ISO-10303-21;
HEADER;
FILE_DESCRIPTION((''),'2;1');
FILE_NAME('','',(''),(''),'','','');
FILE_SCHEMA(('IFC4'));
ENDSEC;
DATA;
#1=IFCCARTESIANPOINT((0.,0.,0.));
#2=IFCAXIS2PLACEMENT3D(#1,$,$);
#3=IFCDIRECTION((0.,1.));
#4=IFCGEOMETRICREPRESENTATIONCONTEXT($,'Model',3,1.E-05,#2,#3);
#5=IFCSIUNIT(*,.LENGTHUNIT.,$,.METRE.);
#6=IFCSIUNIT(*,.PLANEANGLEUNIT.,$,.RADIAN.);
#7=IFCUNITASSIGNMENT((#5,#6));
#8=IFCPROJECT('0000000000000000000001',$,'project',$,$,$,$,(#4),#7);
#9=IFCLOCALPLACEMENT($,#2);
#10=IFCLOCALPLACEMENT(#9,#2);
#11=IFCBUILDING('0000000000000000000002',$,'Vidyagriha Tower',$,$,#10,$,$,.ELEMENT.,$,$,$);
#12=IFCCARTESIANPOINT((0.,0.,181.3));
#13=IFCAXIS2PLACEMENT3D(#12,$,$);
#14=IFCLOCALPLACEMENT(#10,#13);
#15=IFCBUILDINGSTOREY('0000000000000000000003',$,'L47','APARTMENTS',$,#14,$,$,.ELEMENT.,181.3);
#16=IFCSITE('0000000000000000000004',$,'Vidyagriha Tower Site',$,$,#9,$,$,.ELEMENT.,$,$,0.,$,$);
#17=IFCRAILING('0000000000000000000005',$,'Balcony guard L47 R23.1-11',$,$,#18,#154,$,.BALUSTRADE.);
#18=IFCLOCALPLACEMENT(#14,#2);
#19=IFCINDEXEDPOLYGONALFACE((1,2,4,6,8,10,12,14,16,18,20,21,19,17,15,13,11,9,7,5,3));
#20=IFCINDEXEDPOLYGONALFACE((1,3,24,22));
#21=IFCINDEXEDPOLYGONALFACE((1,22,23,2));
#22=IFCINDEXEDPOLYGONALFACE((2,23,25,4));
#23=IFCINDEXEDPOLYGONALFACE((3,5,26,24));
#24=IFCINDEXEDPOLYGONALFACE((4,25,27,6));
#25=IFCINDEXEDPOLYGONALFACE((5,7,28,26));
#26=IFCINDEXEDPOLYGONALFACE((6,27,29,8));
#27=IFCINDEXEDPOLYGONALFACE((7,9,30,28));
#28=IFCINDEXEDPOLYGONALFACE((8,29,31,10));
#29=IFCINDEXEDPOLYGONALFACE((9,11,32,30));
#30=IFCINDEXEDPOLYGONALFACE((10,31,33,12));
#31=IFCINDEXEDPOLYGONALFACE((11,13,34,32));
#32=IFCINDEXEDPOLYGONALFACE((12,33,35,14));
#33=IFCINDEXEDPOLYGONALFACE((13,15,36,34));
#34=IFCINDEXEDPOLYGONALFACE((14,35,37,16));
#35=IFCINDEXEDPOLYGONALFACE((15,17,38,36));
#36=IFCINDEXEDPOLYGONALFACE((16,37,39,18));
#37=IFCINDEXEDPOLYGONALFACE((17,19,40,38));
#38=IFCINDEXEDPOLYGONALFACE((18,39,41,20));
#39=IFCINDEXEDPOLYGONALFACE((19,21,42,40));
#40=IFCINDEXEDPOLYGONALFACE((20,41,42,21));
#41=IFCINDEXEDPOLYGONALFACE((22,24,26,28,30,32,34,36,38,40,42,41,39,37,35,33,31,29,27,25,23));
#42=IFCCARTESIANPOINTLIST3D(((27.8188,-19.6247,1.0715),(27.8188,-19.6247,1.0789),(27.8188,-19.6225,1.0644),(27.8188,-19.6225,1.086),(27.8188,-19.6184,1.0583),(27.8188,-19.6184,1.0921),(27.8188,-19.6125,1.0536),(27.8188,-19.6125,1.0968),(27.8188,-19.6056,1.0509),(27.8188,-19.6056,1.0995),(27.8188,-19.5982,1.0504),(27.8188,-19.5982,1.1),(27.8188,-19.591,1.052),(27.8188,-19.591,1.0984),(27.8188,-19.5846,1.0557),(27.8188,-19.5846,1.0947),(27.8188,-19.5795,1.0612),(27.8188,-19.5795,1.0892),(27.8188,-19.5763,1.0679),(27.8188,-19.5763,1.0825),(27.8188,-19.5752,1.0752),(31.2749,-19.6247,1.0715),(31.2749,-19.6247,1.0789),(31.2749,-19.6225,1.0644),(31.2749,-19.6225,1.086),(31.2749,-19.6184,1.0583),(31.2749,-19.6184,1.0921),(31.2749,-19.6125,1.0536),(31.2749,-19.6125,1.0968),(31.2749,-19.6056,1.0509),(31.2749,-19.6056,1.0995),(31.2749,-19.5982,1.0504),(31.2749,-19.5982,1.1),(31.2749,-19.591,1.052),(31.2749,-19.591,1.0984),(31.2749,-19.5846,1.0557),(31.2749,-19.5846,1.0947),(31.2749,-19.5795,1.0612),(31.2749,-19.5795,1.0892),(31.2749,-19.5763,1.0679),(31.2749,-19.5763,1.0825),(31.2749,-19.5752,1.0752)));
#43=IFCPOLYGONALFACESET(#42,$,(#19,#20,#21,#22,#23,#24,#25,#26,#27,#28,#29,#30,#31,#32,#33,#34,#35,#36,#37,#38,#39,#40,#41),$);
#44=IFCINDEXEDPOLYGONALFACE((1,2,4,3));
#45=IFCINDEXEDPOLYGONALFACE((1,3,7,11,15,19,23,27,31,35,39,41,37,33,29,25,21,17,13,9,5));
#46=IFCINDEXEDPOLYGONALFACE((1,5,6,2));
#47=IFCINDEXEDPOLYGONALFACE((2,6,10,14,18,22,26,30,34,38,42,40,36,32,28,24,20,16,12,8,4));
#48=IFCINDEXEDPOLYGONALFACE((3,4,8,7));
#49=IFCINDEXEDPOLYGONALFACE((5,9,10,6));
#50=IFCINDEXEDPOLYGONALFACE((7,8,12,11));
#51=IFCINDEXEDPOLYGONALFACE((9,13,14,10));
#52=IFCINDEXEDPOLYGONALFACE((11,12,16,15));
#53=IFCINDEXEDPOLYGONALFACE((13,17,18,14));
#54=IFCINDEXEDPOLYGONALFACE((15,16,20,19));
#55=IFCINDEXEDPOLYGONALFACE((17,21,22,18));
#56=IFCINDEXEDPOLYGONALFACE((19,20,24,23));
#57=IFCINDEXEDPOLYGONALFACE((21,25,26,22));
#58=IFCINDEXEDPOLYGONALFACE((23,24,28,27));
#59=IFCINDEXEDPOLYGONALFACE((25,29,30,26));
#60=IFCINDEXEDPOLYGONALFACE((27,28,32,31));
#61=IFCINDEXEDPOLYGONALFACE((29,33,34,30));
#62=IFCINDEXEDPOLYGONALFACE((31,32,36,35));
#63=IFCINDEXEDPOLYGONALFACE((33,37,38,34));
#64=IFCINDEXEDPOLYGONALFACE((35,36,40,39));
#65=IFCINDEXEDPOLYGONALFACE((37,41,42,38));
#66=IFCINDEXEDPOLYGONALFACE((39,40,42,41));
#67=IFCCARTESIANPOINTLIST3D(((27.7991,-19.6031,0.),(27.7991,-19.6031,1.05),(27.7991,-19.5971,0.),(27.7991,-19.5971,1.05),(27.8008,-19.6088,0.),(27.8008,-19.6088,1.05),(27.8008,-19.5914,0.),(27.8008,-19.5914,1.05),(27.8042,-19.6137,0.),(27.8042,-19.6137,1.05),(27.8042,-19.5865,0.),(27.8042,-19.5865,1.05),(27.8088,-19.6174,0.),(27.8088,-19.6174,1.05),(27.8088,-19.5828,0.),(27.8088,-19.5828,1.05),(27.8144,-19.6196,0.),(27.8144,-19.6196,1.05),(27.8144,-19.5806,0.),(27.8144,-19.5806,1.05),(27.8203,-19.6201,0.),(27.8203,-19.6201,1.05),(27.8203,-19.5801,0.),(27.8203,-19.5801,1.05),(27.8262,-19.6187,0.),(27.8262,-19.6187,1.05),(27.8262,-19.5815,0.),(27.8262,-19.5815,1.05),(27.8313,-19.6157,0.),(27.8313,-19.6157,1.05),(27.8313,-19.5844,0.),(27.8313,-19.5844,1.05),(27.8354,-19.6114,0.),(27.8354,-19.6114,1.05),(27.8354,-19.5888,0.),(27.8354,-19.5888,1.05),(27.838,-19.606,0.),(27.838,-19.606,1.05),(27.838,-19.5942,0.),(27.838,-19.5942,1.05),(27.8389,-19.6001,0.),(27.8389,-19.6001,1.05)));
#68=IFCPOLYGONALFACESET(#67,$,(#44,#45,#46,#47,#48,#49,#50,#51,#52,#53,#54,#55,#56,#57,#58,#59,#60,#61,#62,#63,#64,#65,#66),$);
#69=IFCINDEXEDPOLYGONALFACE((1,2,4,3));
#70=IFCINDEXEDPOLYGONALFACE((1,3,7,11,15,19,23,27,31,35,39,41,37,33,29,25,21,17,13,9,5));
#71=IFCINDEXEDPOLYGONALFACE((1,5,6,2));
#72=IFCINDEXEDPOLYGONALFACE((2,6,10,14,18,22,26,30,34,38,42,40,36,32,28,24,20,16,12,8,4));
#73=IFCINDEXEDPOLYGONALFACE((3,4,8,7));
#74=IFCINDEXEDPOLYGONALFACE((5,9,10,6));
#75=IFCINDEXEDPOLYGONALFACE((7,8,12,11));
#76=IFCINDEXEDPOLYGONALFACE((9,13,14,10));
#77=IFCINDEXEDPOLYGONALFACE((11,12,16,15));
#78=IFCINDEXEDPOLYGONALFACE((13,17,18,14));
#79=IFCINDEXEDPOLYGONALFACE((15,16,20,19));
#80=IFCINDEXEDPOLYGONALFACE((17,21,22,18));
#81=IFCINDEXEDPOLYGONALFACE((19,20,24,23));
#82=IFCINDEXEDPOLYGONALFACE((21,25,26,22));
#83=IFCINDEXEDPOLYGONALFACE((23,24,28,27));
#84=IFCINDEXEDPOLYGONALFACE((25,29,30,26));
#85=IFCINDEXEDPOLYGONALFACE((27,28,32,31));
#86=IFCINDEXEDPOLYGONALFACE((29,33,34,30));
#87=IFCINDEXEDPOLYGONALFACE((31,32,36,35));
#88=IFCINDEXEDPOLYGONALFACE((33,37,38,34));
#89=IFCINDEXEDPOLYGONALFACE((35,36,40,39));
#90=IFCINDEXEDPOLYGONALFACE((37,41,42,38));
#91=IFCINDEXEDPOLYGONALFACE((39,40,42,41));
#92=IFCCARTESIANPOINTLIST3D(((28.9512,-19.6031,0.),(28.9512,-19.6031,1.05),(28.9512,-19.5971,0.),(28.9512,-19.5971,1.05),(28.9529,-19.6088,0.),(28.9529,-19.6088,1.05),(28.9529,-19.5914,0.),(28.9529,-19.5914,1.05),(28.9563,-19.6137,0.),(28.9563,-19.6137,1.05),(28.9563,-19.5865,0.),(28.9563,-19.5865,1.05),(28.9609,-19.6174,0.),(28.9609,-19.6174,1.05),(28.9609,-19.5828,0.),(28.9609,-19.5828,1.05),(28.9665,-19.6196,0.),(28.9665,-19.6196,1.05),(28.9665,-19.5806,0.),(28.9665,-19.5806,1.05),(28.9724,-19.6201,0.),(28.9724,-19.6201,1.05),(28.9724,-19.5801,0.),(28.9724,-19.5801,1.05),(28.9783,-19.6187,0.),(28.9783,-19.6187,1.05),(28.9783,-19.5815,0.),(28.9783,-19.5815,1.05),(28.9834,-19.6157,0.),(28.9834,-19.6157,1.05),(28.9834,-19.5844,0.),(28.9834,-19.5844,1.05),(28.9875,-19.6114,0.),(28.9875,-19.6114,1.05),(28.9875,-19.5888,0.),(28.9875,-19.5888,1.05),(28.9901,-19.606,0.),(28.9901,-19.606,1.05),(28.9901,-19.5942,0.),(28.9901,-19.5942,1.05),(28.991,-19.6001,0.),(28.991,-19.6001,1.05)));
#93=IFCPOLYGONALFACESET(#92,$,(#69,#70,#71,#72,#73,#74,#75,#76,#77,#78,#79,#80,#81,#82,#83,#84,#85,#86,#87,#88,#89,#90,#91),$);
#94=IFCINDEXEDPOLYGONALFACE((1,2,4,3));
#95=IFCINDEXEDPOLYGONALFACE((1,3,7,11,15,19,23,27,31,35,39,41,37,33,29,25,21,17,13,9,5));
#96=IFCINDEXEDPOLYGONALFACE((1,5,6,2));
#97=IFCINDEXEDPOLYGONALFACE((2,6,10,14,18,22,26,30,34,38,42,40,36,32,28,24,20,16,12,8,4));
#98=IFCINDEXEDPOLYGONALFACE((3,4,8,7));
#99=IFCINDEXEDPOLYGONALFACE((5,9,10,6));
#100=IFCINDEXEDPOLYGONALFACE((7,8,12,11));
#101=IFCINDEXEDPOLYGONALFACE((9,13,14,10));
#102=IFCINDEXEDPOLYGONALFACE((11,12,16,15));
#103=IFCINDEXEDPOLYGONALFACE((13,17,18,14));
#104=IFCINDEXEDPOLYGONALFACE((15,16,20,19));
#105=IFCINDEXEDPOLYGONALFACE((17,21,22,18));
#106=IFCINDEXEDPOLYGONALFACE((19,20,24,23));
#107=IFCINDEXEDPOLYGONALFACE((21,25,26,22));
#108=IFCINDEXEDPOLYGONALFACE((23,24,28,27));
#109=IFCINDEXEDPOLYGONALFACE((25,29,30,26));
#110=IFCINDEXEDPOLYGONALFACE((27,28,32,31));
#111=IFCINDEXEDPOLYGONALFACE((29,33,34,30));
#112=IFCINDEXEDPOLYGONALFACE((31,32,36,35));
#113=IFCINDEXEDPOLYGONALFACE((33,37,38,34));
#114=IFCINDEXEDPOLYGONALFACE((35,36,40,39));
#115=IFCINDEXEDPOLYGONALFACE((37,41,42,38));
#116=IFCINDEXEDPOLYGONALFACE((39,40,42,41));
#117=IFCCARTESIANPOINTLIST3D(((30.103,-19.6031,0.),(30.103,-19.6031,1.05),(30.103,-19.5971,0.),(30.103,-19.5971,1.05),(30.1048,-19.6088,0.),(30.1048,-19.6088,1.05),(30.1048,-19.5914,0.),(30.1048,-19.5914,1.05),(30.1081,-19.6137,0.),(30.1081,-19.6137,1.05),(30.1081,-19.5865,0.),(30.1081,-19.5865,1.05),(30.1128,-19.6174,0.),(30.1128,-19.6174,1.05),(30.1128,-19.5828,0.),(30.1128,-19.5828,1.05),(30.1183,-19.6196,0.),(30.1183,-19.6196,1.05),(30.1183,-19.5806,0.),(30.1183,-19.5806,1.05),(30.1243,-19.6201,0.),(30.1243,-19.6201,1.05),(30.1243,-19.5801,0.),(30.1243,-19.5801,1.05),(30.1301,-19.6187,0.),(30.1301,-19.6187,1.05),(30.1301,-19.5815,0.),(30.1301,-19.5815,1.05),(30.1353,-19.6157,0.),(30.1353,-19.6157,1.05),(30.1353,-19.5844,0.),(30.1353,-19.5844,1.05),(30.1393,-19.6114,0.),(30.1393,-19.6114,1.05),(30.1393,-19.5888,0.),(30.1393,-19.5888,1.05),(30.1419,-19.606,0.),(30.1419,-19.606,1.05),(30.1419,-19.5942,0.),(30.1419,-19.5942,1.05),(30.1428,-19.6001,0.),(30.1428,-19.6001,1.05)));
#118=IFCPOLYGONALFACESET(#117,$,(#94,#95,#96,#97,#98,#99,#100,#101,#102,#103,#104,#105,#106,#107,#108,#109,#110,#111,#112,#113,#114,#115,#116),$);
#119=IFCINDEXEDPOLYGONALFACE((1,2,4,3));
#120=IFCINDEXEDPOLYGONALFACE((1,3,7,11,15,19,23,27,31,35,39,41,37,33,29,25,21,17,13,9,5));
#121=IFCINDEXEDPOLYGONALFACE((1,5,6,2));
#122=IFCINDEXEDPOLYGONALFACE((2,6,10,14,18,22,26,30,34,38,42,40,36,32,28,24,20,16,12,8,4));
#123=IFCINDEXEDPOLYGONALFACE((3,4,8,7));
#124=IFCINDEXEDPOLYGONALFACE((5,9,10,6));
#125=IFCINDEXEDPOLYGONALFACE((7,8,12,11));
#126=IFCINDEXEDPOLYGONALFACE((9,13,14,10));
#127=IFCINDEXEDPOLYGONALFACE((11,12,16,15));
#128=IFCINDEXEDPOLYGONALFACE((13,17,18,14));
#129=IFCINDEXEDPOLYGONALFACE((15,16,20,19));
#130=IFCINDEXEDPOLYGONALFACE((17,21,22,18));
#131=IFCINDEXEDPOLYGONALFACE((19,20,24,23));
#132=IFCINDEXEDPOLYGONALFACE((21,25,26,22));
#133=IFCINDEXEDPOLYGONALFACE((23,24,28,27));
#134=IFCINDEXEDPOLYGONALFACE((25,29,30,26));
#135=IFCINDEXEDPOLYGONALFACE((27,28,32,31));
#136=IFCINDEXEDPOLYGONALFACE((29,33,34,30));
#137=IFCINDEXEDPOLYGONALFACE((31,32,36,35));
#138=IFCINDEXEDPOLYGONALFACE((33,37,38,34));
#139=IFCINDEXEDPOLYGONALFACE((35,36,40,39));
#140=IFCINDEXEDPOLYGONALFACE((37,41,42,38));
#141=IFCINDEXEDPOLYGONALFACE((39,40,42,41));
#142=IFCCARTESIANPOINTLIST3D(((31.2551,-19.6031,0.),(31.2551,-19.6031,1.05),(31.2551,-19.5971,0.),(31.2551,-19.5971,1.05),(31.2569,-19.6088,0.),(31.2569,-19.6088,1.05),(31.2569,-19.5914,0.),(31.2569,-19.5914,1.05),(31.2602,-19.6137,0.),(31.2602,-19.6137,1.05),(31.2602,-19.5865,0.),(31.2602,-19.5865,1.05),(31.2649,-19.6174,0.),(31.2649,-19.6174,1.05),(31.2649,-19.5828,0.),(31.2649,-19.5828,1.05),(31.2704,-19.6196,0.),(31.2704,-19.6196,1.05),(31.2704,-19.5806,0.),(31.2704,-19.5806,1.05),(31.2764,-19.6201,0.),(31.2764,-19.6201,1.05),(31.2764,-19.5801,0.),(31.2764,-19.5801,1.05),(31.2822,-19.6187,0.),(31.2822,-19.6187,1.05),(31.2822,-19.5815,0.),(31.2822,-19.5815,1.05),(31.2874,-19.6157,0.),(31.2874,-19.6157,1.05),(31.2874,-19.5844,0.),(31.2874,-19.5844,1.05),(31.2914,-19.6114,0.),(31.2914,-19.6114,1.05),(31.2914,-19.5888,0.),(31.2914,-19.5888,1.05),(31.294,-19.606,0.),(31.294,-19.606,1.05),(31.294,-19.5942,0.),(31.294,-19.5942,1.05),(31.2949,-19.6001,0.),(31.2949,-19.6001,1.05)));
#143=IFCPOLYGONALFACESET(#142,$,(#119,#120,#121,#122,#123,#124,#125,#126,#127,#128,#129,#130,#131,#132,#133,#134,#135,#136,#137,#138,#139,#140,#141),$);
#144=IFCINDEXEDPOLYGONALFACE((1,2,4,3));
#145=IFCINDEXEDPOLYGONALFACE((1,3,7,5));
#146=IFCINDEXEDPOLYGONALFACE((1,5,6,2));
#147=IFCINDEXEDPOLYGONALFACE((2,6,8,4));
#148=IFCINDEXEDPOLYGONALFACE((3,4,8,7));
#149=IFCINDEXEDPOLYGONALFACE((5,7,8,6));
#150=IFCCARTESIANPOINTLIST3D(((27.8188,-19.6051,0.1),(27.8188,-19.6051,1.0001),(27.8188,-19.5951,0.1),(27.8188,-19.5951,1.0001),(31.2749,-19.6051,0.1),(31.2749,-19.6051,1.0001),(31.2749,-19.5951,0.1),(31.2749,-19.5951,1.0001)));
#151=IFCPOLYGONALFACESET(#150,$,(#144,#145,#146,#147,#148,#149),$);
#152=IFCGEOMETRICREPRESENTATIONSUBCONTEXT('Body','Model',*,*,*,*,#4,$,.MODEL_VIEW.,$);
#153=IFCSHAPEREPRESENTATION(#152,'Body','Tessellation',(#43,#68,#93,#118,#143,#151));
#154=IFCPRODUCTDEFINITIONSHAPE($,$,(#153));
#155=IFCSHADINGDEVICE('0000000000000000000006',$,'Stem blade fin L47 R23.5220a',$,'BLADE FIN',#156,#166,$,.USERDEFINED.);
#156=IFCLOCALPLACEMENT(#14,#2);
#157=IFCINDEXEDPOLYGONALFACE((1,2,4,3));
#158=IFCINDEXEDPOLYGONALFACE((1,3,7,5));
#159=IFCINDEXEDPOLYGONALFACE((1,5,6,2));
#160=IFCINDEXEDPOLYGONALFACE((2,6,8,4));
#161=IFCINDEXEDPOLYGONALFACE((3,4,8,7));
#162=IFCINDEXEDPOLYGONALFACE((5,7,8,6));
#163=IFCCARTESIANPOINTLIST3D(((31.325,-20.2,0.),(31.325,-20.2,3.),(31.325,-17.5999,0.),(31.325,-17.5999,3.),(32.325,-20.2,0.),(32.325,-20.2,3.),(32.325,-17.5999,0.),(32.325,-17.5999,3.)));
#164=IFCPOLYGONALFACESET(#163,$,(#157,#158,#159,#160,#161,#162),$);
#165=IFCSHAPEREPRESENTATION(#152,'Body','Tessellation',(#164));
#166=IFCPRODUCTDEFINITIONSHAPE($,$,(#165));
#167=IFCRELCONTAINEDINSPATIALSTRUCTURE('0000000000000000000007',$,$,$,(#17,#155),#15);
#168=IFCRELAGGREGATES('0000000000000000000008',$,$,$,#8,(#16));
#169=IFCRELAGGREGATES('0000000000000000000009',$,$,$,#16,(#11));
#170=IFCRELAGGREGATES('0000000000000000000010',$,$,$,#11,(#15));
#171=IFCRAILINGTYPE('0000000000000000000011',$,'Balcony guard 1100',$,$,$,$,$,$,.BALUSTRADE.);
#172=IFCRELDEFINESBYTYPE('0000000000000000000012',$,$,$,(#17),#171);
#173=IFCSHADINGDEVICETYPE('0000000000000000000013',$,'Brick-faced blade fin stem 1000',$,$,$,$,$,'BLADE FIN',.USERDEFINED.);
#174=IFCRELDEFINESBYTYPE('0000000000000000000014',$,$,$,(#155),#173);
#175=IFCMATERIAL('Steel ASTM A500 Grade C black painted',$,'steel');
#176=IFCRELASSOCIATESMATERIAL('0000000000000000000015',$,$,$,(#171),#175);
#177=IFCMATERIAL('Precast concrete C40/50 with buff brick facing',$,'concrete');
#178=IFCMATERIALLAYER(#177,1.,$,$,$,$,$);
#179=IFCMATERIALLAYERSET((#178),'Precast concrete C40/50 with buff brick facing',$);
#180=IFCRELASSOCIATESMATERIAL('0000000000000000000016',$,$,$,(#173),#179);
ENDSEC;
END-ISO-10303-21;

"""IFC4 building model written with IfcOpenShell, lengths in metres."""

from ifc_helpers import new_model, si_unit, direction, frame, origin, origin_2d, place, context, subcontext, project, spatial, polyline, rectangle, circle, outline, extrude, material, layer, layer_set, type_object, element, save


model = new_model("IFC4")

# Units and contexts
model_context = context("Model", 3, precision=1e-05, world=origin(), true_north=direction((0.0, 1.0)))
body_context = subcontext(model_context, "Body", "Model", "MODEL_VIEW")
ifc_project = project(units=[si_unit("LENGTHUNIT", "METRE"), si_unit("PLANEANGLEUNIT", "RADIAN")], contexts=[model_context])

# Site, building, storey
site_placement = place(None, origin())
site = spatial("IfcSite", under=ifc_project, at=site_placement, Name="Vidyagriha Tower Site", CompositionType="ELEMENT", RefElevation=0.0)
building_placement = place(site_placement, origin())
building = spatial("IfcBuilding", under=site, at=building_placement, Name="Vidyagriha Tower", CompositionType="ELEMENT")
storey_placement = place(building_placement, frame((0.0, 0.0, 181.3)))
storey = spatial("IfcBuildingStorey", under=building, at=storey_placement, Name="L47", Description="APARTMENTS", CompositionType="ELEMENT", Elevation=181.3)

# Railing
ifc_material_1 = material(Name="Steel ASTM A500 Grade C black painted", Category="steel")
railing_type_1 = type_object("IfcRailingType", Name="Balcony guard 1100", PredefinedType="BALUSTRADE", material=ifc_material_1)
railing_1_placement = place(storey_placement, frame((27.8188, -19.6001, 0.0)))
element("IfcRailing", 1, at=railing_1_placement, inside=storey, type_object=railing_type_1, Name="Balcony guard L47 R23.1-11", PredefinedType="BALUSTRADE", context=body_context, shape_type="SweptSolid", body=[
    extrude(circle(Radius=0.0249, at=origin_2d()), frame((0.0, 0.0, 1.0752), z_axis=(1.0, 0.0, 0.0), x_axis=(0.0, 1.0, 0.0)), (0.0, 0.0, 1.0), 3.4561),
    extrude(circle(Radius=0.02, at=origin_2d()), origin(), (0.0, 0.0, 1.0), 1.05),
    extrude(circle(Radius=0.02, at=origin_2d()), frame((1.1521, 0.0, 0.0)), (0.0, 0.0, 1.0), 1.05),
    extrude(circle(Radius=0.02, at=origin_2d()), frame((2.304, 0.0, 0.0)), (0.0, 0.0, 1.0), 1.05),
    extrude(circle(Radius=0.02, at=origin_2d()), frame((3.4561, 0.0, 0.0)), (0.0, 0.0, 1.0), 1.05),
    extrude(rectangle(XDim=0.01, YDim=0.9001, at=origin_2d()), frame((0.0, 0.0, 0.55), z_axis=(1.0, 0.0, 0.0), x_axis=(0.0, 1.0, 0.0)), (0.0, 0.0, 1.0), 3.4561),
])

# Shading device
ifc_material_2 = material(Name="Precast concrete C40/50 with buff brick facing", Category="concrete")
ifc_layer_1 = layer(ifc_material_2, 1.0)
ifc_layer_set_1 = layer_set([ifc_layer_1], Name="Precast concrete C40/50 with buff brick facing")
shading_device_type = type_object("IfcShadingDeviceType", Name="Brick-faced blade fin stem 1000", ElementType="BLADE FIN", PredefinedType="USERDEFINED", material=ifc_layer_set_1)
shading_device_placement = place(storey_placement, frame((31.325, -18.8999, 0.0)))
element("IfcShadingDevice", 2, at=shading_device_placement, inside=storey, type_object=shading_device_type, Name="Stem blade fin L47 R23.5220a", ObjectType="BLADE FIN", PredefinedType="USERDEFINED", context=body_context, shape_type="SweptSolid", body=[
    extrude(outline(polyline([(0.0, 0.0), (1.0, 0.0), (1.0, 3.0), (0.0, 3.0), (0.0, 0.0)])), frame((0.0, 1.3, 0.0), z_axis=(0.0, -1.0, 0.0), x_axis=(1.0, 0.0, 0.0)), (0.0, 0.0, 1.0), 2.6001),
])

save(model, "model.ifc")
